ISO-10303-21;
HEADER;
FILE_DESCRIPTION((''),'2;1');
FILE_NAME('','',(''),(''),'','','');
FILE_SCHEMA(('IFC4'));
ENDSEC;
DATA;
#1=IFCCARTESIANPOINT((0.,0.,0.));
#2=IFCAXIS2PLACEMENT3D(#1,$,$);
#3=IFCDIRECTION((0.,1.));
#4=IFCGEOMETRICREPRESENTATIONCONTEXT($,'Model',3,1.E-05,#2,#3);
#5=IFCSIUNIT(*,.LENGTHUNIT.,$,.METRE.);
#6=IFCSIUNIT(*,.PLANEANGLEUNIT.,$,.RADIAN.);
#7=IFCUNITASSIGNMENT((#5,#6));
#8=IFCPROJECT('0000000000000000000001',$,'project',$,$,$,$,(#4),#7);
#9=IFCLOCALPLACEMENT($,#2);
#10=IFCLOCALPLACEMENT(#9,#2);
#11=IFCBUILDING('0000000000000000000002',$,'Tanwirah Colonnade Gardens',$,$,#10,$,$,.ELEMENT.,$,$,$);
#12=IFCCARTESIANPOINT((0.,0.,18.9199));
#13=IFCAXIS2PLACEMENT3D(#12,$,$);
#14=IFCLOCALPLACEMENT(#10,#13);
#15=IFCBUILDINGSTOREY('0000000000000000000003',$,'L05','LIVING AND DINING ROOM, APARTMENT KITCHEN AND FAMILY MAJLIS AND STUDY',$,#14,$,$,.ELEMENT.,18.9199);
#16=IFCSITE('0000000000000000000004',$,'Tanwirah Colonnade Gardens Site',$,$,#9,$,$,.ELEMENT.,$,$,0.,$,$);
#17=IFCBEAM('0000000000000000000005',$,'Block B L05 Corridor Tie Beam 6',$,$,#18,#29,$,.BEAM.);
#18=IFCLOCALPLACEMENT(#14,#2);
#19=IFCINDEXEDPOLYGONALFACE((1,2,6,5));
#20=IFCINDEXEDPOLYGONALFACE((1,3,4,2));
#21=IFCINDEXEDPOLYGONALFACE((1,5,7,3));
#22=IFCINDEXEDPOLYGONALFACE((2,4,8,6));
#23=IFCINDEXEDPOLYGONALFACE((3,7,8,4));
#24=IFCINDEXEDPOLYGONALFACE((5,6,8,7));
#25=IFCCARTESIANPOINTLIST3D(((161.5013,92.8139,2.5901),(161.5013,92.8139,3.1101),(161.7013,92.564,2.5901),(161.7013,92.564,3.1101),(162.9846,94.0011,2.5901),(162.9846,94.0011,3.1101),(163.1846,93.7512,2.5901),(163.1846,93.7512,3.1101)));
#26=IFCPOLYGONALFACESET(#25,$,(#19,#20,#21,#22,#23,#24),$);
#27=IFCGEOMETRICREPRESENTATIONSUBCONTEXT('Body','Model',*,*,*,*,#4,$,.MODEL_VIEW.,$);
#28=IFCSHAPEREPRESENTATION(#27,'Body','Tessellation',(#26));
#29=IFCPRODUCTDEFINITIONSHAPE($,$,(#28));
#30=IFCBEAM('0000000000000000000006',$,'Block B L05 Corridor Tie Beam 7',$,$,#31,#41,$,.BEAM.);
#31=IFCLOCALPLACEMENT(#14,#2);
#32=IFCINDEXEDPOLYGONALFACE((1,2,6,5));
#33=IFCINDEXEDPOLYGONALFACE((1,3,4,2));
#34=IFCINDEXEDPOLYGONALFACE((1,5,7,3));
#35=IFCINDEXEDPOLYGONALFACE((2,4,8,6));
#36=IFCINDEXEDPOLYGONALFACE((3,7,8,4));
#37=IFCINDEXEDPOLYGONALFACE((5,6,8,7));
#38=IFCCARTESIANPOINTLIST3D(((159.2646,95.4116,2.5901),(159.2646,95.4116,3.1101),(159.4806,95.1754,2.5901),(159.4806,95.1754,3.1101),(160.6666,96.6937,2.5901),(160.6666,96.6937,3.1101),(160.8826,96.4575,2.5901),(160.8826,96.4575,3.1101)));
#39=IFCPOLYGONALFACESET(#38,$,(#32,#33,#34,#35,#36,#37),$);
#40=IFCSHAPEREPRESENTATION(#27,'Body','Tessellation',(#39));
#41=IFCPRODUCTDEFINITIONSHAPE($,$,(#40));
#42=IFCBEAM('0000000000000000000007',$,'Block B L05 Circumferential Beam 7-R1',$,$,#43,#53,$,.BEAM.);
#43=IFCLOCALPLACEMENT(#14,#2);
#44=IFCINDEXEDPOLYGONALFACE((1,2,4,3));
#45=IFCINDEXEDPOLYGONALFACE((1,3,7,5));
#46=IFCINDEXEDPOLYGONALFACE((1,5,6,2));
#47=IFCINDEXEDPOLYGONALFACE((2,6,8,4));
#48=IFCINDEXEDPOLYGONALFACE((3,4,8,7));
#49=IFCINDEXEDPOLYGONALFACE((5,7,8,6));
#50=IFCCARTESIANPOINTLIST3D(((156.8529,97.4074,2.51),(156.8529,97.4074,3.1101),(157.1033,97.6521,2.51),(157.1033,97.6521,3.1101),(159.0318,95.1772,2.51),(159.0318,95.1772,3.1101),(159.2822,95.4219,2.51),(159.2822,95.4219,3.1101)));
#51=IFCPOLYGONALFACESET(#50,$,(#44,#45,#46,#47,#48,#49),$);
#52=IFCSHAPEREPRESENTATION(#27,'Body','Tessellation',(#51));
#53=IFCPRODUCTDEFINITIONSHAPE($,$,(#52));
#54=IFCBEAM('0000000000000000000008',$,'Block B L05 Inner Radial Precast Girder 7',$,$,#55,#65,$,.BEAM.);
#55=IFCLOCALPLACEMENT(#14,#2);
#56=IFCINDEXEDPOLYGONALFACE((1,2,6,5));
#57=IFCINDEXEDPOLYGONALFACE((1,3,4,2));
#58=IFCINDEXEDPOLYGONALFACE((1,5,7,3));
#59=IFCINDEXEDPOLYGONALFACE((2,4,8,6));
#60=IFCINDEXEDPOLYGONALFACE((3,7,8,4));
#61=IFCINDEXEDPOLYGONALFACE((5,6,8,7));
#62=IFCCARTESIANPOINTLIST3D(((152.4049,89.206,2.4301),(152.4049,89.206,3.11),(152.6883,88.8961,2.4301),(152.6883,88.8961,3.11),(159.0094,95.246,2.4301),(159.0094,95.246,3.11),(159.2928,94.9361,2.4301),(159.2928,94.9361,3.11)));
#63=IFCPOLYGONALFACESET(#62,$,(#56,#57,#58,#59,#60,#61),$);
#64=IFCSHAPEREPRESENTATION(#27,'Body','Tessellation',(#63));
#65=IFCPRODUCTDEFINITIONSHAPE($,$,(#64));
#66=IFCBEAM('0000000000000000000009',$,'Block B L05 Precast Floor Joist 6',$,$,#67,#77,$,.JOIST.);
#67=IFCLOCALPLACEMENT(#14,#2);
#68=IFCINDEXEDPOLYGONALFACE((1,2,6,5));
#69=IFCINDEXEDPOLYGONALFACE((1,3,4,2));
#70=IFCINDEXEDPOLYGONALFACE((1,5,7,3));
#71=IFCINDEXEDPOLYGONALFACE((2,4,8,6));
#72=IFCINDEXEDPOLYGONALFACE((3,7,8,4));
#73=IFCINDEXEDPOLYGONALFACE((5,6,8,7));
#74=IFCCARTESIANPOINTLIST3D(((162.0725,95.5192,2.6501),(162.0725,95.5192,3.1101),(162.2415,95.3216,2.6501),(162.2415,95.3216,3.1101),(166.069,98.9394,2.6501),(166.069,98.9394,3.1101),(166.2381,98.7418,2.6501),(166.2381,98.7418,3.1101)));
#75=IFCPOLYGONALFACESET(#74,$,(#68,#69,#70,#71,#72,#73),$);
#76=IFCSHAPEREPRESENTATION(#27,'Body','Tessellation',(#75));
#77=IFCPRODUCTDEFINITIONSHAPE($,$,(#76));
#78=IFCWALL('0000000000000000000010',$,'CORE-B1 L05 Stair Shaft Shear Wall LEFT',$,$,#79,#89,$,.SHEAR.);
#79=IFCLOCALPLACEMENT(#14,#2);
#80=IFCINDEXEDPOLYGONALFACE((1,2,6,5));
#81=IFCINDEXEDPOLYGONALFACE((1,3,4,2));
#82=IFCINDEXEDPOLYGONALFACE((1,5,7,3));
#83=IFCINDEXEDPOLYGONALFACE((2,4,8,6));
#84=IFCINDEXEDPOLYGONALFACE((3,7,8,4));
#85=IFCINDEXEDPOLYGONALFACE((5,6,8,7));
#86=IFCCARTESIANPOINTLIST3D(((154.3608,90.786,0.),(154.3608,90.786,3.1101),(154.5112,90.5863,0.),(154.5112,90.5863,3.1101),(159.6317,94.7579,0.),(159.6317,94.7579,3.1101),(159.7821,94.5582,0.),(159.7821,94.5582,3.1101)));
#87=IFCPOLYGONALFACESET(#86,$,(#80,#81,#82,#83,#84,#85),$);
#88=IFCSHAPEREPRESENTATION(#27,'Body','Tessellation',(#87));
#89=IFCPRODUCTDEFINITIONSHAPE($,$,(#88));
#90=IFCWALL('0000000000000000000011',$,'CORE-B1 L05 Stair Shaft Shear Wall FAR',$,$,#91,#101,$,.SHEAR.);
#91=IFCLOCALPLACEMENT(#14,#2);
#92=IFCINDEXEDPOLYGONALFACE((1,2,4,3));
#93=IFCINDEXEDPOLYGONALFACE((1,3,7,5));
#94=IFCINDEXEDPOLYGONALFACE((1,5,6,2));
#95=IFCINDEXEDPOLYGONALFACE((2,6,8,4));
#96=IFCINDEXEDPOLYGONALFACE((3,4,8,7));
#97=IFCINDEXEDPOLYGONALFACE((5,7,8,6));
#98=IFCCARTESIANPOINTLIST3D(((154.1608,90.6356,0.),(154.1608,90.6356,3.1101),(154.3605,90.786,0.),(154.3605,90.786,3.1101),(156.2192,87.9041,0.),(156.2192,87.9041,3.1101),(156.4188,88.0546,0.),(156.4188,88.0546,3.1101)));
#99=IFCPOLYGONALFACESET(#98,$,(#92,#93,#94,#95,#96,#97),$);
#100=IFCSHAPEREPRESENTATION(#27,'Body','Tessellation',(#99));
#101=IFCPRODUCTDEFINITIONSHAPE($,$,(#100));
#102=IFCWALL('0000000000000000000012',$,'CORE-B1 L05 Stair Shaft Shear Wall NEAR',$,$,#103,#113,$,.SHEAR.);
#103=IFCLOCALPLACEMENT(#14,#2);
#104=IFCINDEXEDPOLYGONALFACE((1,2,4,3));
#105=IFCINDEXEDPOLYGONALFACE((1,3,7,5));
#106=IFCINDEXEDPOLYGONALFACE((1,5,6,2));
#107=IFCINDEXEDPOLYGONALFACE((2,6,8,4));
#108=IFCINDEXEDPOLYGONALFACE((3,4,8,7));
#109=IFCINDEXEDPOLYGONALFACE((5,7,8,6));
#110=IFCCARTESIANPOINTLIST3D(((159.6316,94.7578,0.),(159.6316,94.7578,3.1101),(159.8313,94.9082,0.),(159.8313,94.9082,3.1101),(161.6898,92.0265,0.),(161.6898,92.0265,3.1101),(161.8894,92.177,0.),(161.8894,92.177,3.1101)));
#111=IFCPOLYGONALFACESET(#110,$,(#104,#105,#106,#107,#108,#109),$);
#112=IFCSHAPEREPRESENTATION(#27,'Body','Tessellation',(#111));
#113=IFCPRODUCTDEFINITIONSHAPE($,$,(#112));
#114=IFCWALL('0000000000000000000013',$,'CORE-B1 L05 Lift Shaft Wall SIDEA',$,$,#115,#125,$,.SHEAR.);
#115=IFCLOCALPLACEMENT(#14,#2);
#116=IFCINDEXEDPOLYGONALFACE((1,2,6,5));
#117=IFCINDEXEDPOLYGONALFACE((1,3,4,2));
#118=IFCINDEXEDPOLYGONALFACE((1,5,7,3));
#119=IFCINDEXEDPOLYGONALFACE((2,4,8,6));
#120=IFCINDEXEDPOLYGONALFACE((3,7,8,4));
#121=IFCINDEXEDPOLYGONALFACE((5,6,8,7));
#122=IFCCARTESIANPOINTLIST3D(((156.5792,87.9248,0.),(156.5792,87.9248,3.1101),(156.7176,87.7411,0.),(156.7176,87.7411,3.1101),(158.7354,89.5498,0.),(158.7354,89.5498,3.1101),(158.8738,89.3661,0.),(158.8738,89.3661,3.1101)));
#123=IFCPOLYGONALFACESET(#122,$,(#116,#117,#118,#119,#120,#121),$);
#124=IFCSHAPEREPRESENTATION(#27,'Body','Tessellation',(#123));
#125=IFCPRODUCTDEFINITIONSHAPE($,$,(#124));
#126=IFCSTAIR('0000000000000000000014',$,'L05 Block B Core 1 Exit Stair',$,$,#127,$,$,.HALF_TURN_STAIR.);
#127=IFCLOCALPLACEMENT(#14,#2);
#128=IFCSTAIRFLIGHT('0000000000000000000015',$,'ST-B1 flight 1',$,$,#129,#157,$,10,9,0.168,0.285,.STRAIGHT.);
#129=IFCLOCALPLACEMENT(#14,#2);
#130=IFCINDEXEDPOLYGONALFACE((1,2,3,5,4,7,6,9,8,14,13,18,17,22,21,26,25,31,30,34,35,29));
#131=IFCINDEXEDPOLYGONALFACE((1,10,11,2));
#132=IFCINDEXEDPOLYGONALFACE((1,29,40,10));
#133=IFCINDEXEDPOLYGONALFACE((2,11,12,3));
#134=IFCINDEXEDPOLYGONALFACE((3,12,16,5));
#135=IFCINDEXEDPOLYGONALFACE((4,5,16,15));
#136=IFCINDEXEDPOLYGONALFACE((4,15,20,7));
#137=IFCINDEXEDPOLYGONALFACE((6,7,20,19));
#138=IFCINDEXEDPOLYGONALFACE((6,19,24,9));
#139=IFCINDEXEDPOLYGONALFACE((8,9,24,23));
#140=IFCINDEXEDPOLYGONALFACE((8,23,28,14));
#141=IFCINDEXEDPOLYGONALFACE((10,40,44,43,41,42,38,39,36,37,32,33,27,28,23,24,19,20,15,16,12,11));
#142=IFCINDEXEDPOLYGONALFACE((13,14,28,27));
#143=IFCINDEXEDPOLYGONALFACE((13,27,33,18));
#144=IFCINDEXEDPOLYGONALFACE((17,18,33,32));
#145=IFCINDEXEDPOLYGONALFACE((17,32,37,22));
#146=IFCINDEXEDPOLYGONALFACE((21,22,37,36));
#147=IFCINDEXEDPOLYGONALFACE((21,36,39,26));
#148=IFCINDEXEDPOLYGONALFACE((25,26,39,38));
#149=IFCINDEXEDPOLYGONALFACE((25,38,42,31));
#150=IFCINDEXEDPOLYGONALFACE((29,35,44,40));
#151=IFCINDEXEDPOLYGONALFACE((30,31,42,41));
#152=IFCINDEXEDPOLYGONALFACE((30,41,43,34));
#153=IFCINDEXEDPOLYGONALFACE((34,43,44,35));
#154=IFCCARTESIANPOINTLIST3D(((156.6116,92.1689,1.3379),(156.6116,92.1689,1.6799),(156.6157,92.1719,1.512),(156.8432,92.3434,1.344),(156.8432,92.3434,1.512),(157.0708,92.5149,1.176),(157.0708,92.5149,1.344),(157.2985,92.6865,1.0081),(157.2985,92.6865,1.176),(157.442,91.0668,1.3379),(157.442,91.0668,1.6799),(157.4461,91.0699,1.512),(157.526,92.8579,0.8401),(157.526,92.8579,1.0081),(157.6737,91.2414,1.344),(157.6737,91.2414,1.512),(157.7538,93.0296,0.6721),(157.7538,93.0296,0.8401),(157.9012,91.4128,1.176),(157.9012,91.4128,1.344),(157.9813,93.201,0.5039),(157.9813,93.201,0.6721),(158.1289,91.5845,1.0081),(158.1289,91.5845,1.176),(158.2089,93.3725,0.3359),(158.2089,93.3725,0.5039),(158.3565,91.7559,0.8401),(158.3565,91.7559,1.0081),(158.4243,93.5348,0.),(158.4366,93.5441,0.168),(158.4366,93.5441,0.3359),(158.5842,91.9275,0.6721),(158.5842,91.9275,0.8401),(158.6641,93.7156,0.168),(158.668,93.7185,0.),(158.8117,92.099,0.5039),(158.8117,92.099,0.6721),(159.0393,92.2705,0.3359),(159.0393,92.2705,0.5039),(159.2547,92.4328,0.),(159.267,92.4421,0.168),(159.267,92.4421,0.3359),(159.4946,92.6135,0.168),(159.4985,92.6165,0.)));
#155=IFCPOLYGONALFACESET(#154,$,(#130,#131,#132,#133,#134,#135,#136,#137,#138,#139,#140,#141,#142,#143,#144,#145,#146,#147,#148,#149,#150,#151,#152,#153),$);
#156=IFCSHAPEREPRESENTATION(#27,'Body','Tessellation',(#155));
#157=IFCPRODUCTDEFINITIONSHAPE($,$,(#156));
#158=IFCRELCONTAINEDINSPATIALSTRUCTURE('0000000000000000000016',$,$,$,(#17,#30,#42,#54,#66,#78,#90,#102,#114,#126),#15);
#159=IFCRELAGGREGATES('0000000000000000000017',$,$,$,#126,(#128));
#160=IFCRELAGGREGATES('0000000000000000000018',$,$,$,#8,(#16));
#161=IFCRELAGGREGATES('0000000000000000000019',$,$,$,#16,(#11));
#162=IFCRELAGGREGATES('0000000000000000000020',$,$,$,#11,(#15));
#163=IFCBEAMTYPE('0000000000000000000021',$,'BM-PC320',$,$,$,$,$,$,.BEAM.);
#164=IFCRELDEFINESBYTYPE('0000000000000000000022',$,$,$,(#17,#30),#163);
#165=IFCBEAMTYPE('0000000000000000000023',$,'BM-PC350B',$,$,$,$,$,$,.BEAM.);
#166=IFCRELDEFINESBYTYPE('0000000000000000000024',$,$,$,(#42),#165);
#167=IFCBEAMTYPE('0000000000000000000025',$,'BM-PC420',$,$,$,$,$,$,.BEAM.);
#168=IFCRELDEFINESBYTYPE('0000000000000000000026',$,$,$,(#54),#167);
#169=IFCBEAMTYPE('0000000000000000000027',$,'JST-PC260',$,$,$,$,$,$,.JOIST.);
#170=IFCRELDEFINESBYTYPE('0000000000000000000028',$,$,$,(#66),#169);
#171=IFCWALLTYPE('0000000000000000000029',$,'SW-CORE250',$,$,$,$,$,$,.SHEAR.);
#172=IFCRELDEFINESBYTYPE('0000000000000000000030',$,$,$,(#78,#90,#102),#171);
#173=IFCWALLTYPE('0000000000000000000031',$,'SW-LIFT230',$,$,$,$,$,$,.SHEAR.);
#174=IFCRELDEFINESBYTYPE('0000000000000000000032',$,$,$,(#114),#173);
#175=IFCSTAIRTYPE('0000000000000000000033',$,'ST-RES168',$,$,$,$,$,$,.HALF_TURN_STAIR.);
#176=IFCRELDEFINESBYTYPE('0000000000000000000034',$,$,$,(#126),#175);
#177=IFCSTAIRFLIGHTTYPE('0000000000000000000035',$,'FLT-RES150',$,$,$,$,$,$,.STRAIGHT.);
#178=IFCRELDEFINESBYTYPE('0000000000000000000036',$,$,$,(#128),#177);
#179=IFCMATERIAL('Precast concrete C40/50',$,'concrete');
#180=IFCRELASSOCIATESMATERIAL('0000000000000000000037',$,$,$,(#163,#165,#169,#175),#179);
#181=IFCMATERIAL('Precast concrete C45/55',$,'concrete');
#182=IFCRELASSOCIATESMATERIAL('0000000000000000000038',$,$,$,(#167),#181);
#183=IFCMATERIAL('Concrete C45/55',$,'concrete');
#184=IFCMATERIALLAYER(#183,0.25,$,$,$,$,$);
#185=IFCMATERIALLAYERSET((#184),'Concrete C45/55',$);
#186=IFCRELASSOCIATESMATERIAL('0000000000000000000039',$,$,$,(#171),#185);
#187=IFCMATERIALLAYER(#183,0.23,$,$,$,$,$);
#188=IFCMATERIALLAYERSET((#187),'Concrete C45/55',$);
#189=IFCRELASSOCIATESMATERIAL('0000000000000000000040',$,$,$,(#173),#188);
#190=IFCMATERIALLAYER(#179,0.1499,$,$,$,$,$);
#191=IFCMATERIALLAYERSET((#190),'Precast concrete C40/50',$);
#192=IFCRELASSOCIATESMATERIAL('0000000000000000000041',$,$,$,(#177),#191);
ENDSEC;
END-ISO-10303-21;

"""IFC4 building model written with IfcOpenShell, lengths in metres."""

from ifc_helpers import new_model, si_unit, direction, frame, frame_2d, origin, origin_2d, place, context, subcontext, project, spatial, polyline, rectangle, outline, extrude, material, layer, layer_set, material_profile, profile_set, type_object, element, aggregate, save


model = new_model("IFC4")

# Units and contexts
model_context = context("Model", 3, precision=1e-05, world=origin(), true_north=direction((0.0, 1.0)))
body_context = subcontext(model_context, "Body", "Model", "MODEL_VIEW")
ifc_project = project(units=[si_unit("LENGTHUNIT", "METRE"), si_unit("PLANEANGLEUNIT", "RADIAN")], contexts=[model_context])

# Site, building, storey
site_placement = place(None, origin())
site = spatial("IfcSite", under=ifc_project, at=site_placement, Name="Tanwirah Colonnade Gardens Site", CompositionType="ELEMENT", RefElevation=0.0)
building_placement = place(site_placement, origin())
building = spatial("IfcBuilding", under=site, at=building_placement, Name="Tanwirah Colonnade Gardens", CompositionType="ELEMENT")
storey_placement = place(building_placement, frame((0.0, 0.0, 18.9199)))
storey = spatial("IfcBuildingStorey", under=building, at=storey_placement, Name="L05", Description="LIVING AND DINING ROOM, APARTMENT KITCHEN AND FAMILY MAJLIS AND STUDY", CompositionType="ELEMENT", Elevation=18.9199)

# Beams
ifc_material_1 = material(Name="Precast concrete C40/50", Category="concrete")
ifc_material_profile_1 = material_profile(ifc_material_1, rectangle(XDim=0.3201, YDim=0.52, at=origin_2d()), Name="PC-BM 320x520")
ifc_profile_set_1 = profile_set([ifc_material_profile_1], Name="Precast concrete C40/50")
beam_type_1 = type_object("IfcBeamType", Name="BM-PC320", PredefinedType="BEAM", material=ifc_profile_set_1)
for number, where, z_axis, x_axis, name in (
    (1, (161.6013, 92.689, 2.8501), (0.780731, 0.624867, 0.0), (-0.624867, 0.780731, 0.0), "Block B L05 Corridor Tie Beam 6"),
    (2, (159.3726, 95.2935, 2.8501), (0.737948, 0.674857, 0.0), (-0.674857, 0.737948, 0.0), "Block B L05 Corridor Tie Beam 7"),
):
    element("IfcBeam", number, at=place(storey_placement, frame(where, z_axis=z_axis, x_axis=x_axis)), inside=storey, type_object=beam_type_1, Name=name, PredefinedType="BEAM", context=body_context, shape_type="SweptSolid", body=[
        extrude(rectangle(XDim=0.3201, YDim=0.52, at=origin_2d()), origin(), (0.0, 0.0, 1.0), 1.8999),
    ])
ifc_material_profile_2 = material_profile(ifc_material_1, rectangle(XDim=0.3501, YDim=0.6001, at=origin_2d()), Name="PC-BM 350x600")
ifc_profile_set_2 = profile_set([ifc_material_profile_2], Name="Precast concrete C40/50")
beam_type_2 = type_object("IfcBeamType", Name="BM-PC350B", PredefinedType="BEAM", material=ifc_profile_set_2)
beam_1_placement = place(storey_placement, frame((159.157, 95.2996, 2.8101), z_axis=(-0.698837, 0.715281, 0.0), x_axis=(-0.715281, -0.698837, 0.0)))
element("IfcBeam", 3, at=beam_1_placement, inside=storey, type_object=beam_type_2, Name="Block B L05 Circumferential Beam 7-R1", PredefinedType="BEAM", context=body_context, shape_type="SweptSolid", body=[
    extrude(rectangle(XDim=0.3501, YDim=0.6001, at=origin_2d()), origin(), (0.0, 0.0, 1.0), 3.1179),
])
ifc_material_2 = material(Name="Precast concrete C45/55", Category="concrete")
ifc_material_profile_3 = material_profile(ifc_material_2, rectangle(XDim=0.4199, YDim=0.6799, at=origin_2d()), Name="PC-BM 420x680")
ifc_profile_set_3 = profile_set([ifc_material_profile_3], Name="Precast concrete C45/55")
beam_type_3 = type_object("IfcBeamType", Name="BM-PC420", PredefinedType="BEAM", material=ifc_profile_set_3)
beam_2_placement = place(storey_placement, frame((159.1511, 95.0911, 2.77), z_axis=(-0.737937, -0.674869, 0.0), x_axis=(0.674869, -0.737937, 0.0)))
element("IfcBeam", 4, at=beam_2_placement, inside=storey, type_object=beam_type_3, Name="Block B L05 Inner Radial Precast Girder 7", PredefinedType="BEAM", context=body_context, shape_type="SweptSolid", body=[
    extrude(rectangle(XDim=0.4199, YDim=0.6799, at=origin_2d()), origin(), (0.0, 0.0, 1.0), 8.95),
])
ifc_material_profile_4 = material_profile(ifc_material_1, rectangle(XDim=0.26, YDim=0.46, at=origin_2d()), Name="PC-JST 260x460")
ifc_profile_set_4 = profile_set([ifc_material_profile_4], Name="Precast concrete C40/50")
beam_type_4 = type_object("IfcBeamType", Name="JST-PC260", PredefinedType="JOIST", material=ifc_profile_set_4)
beam_3_placement = place(storey_placement, frame((162.157, 95.4204, 2.8801), z_axis=(0.759771, 0.650191, 0.0), x_axis=(-0.650191, 0.759771, 0.0)))
element("IfcBeam", 5, at=beam_3_placement, inside=storey, type_object=beam_type_4, Name="Block B L05 Precast Floor Joist 6", PredefinedType="JOIST", context=body_context, shape_type="SweptSolid", body=[
    extrude(rectangle(XDim=0.26, YDim=0.46, at=origin_2d()), origin(), (0.0, 0.0, 1.0), 5.2603),
])

# Walls
ifc_material_3 = material(Name="Concrete C45/55", Category="concrete")
ifc_layer_1 = layer(ifc_material_3, 0.25)
ifc_layer_set_1 = layer_set([ifc_layer_1], Name="Concrete C45/55")
wall_type_1 = type_object("IfcWallType", Name="SW-CORE250", PredefinedType="SHEAR", material=ifc_layer_set_1)
wall_1_placement = place(storey_placement, frame((159.7068, 94.658, 0.0), z_axis=(0.0, 0.0, 1.0), x_axis=(-0.79864, -0.60181, 0.0)))
element("IfcWall", 6, at=wall_1_placement, inside=storey, type_object=wall_type_1, Name="CORE-B1 L05 Stair Shaft Shear Wall LEFT", PredefinedType="SHEAR", context=body_context, shape_type="SweptSolid", body=[
    extrude(rectangle(XDim=6.5999, YDim=0.25, at=frame_2d((3.2998, 0.0))), origin(), (0.0, 0.0, 1.0), 3.1101),
])
wall_2_placement = place(storey_placement, frame((154.2607, 90.7107, 0.0), z_axis=(0.0, 0.0, 1.0), x_axis=(0.601826, -0.798627, 0.0)))
element("IfcWall", 7, at=wall_2_placement, inside=storey, type_object=wall_type_1, Name="CORE-B1 L05 Stair Shaft Shear Wall FAR", PredefinedType="SHEAR", context=body_context, shape_type="SweptSolid", body=[
    extrude(rectangle(XDim=3.4202, YDim=0.25, at=frame_2d((1.71, 0.0))), origin(), (0.0, 0.0, 1.0), 3.1101),
])
wall_3_placement = place(storey_placement, frame((159.7314, 94.833, 0.0), z_axis=(0.0, 0.0, 1.0), x_axis=(0.601815, -0.798636, 0.0)))
element("IfcWall", 8, at=wall_3_placement, inside=storey, type_object=wall_type_1, Name="CORE-B1 L05 Stair Shaft Shear Wall NEAR", PredefinedType="SHEAR", context=body_context, shape_type="SweptSolid", body=[
    extrude(rectangle(XDim=3.4199, YDim=0.25, at=frame_2d((1.71, 0.0))), origin(), (0.0, 0.0, 1.0), 3.1101),
])

# Shared definitions
ifc_layer_2 = layer(ifc_material_3, 0.23)
ifc_layer_set_2 = layer_set([ifc_layer_2], Name="Concrete C45/55")
wall_type_2 = type_object("IfcWallType", Name="SW-LIFT230", PredefinedType="SHEAR", material=ifc_layer_set_2)

# Wall
wall_4_placement = place(storey_placement, frame((158.8047, 89.458, 0.0), z_axis=(0.0, 0.0, 1.0), x_axis=(-0.798609, -0.60185, 0.0)))
element("IfcWall", 9, at=wall_4_placement, inside=storey, type_object=wall_type_2, Name="CORE-B1 L05 Lift Shaft Wall SIDEA", PredefinedType="SHEAR", context=body_context, shape_type="SweptSolid", body=[
    extrude(rectangle(XDim=2.7, YDim=0.23, at=frame_2d((1.3501, 0.0))), origin(), (0.0, 0.0, 1.0), 3.1101),
])

# Stair, stair flight
stair_type = type_object("IfcStairType", Name="ST-RES168", PredefinedType="HALF_TURN_STAIR", material=ifc_material_1)
stair_placement = place(storey_placement, origin())
stair = element("IfcStair", 10, at=stair_placement, inside=storey, type_object=stair_type, Name="L05 Block B Core 1 Exit Stair", PredefinedType="HALF_TURN_STAIR")
ifc_layer_3 = layer(ifc_material_1, 0.1499)
ifc_layer_set_3 = layer_set([ifc_layer_3], Name="Precast concrete C40/50")
stair_flight_type = type_object("IfcStairFlightType", Name="FLT-RES150", PredefinedType="STRAIGHT", material=ifc_layer_set_3)
stair_flight_1_placement = place(storey_placement, frame((159.0793, 93.1646, 0.0), z_axis=(0.0, 0.0, 1.0), x_axis=(-0.798636, -0.601815, 0.0)))
stair_flight_1 = element("IfcStairFlight", 11, at=stair_flight_1_placement, type_object=stair_flight_type, Name="ST-B1 flight 1", NumberOfRisers=10, NumberOfTreads=9, PredefinedType="STRAIGHT", RiserHeight=0.168, TreadLength=0.285, context=body_context, shape_type="SweptSolid", body=[
    extrude(outline(polyline([(-0.0049, 0.0), (0.0, 0.168), (0.2849, 0.168), (0.2849, 0.3359), (0.5701, 0.3359), (0.5701, 0.5039), (0.855, 0.5039), (0.855, 0.6721), (1.1399, 0.6721), (1.1399, 0.8401), (1.425, 0.8401), (1.425, 1.0081), (1.71, 1.0081), (1.71, 1.176), (1.9951, 1.176), (1.9951, 1.344), (2.28, 1.344), (2.28, 1.512), (2.5649, 1.512), (2.5701, 1.6799), (2.5701, 1.3379), (0.3003, 0.0), (-0.0049, 0.0)])), frame((0.0, 0.6899, 0.0), z_axis=(0.0, -1.0, 0.0), x_axis=(1.0, 0.0, 0.0)), (0.0, 0.0, 1.0), 1.3799),
])
aggregate(stair, [stair_flight_1])

save(model, "model.ifc")
